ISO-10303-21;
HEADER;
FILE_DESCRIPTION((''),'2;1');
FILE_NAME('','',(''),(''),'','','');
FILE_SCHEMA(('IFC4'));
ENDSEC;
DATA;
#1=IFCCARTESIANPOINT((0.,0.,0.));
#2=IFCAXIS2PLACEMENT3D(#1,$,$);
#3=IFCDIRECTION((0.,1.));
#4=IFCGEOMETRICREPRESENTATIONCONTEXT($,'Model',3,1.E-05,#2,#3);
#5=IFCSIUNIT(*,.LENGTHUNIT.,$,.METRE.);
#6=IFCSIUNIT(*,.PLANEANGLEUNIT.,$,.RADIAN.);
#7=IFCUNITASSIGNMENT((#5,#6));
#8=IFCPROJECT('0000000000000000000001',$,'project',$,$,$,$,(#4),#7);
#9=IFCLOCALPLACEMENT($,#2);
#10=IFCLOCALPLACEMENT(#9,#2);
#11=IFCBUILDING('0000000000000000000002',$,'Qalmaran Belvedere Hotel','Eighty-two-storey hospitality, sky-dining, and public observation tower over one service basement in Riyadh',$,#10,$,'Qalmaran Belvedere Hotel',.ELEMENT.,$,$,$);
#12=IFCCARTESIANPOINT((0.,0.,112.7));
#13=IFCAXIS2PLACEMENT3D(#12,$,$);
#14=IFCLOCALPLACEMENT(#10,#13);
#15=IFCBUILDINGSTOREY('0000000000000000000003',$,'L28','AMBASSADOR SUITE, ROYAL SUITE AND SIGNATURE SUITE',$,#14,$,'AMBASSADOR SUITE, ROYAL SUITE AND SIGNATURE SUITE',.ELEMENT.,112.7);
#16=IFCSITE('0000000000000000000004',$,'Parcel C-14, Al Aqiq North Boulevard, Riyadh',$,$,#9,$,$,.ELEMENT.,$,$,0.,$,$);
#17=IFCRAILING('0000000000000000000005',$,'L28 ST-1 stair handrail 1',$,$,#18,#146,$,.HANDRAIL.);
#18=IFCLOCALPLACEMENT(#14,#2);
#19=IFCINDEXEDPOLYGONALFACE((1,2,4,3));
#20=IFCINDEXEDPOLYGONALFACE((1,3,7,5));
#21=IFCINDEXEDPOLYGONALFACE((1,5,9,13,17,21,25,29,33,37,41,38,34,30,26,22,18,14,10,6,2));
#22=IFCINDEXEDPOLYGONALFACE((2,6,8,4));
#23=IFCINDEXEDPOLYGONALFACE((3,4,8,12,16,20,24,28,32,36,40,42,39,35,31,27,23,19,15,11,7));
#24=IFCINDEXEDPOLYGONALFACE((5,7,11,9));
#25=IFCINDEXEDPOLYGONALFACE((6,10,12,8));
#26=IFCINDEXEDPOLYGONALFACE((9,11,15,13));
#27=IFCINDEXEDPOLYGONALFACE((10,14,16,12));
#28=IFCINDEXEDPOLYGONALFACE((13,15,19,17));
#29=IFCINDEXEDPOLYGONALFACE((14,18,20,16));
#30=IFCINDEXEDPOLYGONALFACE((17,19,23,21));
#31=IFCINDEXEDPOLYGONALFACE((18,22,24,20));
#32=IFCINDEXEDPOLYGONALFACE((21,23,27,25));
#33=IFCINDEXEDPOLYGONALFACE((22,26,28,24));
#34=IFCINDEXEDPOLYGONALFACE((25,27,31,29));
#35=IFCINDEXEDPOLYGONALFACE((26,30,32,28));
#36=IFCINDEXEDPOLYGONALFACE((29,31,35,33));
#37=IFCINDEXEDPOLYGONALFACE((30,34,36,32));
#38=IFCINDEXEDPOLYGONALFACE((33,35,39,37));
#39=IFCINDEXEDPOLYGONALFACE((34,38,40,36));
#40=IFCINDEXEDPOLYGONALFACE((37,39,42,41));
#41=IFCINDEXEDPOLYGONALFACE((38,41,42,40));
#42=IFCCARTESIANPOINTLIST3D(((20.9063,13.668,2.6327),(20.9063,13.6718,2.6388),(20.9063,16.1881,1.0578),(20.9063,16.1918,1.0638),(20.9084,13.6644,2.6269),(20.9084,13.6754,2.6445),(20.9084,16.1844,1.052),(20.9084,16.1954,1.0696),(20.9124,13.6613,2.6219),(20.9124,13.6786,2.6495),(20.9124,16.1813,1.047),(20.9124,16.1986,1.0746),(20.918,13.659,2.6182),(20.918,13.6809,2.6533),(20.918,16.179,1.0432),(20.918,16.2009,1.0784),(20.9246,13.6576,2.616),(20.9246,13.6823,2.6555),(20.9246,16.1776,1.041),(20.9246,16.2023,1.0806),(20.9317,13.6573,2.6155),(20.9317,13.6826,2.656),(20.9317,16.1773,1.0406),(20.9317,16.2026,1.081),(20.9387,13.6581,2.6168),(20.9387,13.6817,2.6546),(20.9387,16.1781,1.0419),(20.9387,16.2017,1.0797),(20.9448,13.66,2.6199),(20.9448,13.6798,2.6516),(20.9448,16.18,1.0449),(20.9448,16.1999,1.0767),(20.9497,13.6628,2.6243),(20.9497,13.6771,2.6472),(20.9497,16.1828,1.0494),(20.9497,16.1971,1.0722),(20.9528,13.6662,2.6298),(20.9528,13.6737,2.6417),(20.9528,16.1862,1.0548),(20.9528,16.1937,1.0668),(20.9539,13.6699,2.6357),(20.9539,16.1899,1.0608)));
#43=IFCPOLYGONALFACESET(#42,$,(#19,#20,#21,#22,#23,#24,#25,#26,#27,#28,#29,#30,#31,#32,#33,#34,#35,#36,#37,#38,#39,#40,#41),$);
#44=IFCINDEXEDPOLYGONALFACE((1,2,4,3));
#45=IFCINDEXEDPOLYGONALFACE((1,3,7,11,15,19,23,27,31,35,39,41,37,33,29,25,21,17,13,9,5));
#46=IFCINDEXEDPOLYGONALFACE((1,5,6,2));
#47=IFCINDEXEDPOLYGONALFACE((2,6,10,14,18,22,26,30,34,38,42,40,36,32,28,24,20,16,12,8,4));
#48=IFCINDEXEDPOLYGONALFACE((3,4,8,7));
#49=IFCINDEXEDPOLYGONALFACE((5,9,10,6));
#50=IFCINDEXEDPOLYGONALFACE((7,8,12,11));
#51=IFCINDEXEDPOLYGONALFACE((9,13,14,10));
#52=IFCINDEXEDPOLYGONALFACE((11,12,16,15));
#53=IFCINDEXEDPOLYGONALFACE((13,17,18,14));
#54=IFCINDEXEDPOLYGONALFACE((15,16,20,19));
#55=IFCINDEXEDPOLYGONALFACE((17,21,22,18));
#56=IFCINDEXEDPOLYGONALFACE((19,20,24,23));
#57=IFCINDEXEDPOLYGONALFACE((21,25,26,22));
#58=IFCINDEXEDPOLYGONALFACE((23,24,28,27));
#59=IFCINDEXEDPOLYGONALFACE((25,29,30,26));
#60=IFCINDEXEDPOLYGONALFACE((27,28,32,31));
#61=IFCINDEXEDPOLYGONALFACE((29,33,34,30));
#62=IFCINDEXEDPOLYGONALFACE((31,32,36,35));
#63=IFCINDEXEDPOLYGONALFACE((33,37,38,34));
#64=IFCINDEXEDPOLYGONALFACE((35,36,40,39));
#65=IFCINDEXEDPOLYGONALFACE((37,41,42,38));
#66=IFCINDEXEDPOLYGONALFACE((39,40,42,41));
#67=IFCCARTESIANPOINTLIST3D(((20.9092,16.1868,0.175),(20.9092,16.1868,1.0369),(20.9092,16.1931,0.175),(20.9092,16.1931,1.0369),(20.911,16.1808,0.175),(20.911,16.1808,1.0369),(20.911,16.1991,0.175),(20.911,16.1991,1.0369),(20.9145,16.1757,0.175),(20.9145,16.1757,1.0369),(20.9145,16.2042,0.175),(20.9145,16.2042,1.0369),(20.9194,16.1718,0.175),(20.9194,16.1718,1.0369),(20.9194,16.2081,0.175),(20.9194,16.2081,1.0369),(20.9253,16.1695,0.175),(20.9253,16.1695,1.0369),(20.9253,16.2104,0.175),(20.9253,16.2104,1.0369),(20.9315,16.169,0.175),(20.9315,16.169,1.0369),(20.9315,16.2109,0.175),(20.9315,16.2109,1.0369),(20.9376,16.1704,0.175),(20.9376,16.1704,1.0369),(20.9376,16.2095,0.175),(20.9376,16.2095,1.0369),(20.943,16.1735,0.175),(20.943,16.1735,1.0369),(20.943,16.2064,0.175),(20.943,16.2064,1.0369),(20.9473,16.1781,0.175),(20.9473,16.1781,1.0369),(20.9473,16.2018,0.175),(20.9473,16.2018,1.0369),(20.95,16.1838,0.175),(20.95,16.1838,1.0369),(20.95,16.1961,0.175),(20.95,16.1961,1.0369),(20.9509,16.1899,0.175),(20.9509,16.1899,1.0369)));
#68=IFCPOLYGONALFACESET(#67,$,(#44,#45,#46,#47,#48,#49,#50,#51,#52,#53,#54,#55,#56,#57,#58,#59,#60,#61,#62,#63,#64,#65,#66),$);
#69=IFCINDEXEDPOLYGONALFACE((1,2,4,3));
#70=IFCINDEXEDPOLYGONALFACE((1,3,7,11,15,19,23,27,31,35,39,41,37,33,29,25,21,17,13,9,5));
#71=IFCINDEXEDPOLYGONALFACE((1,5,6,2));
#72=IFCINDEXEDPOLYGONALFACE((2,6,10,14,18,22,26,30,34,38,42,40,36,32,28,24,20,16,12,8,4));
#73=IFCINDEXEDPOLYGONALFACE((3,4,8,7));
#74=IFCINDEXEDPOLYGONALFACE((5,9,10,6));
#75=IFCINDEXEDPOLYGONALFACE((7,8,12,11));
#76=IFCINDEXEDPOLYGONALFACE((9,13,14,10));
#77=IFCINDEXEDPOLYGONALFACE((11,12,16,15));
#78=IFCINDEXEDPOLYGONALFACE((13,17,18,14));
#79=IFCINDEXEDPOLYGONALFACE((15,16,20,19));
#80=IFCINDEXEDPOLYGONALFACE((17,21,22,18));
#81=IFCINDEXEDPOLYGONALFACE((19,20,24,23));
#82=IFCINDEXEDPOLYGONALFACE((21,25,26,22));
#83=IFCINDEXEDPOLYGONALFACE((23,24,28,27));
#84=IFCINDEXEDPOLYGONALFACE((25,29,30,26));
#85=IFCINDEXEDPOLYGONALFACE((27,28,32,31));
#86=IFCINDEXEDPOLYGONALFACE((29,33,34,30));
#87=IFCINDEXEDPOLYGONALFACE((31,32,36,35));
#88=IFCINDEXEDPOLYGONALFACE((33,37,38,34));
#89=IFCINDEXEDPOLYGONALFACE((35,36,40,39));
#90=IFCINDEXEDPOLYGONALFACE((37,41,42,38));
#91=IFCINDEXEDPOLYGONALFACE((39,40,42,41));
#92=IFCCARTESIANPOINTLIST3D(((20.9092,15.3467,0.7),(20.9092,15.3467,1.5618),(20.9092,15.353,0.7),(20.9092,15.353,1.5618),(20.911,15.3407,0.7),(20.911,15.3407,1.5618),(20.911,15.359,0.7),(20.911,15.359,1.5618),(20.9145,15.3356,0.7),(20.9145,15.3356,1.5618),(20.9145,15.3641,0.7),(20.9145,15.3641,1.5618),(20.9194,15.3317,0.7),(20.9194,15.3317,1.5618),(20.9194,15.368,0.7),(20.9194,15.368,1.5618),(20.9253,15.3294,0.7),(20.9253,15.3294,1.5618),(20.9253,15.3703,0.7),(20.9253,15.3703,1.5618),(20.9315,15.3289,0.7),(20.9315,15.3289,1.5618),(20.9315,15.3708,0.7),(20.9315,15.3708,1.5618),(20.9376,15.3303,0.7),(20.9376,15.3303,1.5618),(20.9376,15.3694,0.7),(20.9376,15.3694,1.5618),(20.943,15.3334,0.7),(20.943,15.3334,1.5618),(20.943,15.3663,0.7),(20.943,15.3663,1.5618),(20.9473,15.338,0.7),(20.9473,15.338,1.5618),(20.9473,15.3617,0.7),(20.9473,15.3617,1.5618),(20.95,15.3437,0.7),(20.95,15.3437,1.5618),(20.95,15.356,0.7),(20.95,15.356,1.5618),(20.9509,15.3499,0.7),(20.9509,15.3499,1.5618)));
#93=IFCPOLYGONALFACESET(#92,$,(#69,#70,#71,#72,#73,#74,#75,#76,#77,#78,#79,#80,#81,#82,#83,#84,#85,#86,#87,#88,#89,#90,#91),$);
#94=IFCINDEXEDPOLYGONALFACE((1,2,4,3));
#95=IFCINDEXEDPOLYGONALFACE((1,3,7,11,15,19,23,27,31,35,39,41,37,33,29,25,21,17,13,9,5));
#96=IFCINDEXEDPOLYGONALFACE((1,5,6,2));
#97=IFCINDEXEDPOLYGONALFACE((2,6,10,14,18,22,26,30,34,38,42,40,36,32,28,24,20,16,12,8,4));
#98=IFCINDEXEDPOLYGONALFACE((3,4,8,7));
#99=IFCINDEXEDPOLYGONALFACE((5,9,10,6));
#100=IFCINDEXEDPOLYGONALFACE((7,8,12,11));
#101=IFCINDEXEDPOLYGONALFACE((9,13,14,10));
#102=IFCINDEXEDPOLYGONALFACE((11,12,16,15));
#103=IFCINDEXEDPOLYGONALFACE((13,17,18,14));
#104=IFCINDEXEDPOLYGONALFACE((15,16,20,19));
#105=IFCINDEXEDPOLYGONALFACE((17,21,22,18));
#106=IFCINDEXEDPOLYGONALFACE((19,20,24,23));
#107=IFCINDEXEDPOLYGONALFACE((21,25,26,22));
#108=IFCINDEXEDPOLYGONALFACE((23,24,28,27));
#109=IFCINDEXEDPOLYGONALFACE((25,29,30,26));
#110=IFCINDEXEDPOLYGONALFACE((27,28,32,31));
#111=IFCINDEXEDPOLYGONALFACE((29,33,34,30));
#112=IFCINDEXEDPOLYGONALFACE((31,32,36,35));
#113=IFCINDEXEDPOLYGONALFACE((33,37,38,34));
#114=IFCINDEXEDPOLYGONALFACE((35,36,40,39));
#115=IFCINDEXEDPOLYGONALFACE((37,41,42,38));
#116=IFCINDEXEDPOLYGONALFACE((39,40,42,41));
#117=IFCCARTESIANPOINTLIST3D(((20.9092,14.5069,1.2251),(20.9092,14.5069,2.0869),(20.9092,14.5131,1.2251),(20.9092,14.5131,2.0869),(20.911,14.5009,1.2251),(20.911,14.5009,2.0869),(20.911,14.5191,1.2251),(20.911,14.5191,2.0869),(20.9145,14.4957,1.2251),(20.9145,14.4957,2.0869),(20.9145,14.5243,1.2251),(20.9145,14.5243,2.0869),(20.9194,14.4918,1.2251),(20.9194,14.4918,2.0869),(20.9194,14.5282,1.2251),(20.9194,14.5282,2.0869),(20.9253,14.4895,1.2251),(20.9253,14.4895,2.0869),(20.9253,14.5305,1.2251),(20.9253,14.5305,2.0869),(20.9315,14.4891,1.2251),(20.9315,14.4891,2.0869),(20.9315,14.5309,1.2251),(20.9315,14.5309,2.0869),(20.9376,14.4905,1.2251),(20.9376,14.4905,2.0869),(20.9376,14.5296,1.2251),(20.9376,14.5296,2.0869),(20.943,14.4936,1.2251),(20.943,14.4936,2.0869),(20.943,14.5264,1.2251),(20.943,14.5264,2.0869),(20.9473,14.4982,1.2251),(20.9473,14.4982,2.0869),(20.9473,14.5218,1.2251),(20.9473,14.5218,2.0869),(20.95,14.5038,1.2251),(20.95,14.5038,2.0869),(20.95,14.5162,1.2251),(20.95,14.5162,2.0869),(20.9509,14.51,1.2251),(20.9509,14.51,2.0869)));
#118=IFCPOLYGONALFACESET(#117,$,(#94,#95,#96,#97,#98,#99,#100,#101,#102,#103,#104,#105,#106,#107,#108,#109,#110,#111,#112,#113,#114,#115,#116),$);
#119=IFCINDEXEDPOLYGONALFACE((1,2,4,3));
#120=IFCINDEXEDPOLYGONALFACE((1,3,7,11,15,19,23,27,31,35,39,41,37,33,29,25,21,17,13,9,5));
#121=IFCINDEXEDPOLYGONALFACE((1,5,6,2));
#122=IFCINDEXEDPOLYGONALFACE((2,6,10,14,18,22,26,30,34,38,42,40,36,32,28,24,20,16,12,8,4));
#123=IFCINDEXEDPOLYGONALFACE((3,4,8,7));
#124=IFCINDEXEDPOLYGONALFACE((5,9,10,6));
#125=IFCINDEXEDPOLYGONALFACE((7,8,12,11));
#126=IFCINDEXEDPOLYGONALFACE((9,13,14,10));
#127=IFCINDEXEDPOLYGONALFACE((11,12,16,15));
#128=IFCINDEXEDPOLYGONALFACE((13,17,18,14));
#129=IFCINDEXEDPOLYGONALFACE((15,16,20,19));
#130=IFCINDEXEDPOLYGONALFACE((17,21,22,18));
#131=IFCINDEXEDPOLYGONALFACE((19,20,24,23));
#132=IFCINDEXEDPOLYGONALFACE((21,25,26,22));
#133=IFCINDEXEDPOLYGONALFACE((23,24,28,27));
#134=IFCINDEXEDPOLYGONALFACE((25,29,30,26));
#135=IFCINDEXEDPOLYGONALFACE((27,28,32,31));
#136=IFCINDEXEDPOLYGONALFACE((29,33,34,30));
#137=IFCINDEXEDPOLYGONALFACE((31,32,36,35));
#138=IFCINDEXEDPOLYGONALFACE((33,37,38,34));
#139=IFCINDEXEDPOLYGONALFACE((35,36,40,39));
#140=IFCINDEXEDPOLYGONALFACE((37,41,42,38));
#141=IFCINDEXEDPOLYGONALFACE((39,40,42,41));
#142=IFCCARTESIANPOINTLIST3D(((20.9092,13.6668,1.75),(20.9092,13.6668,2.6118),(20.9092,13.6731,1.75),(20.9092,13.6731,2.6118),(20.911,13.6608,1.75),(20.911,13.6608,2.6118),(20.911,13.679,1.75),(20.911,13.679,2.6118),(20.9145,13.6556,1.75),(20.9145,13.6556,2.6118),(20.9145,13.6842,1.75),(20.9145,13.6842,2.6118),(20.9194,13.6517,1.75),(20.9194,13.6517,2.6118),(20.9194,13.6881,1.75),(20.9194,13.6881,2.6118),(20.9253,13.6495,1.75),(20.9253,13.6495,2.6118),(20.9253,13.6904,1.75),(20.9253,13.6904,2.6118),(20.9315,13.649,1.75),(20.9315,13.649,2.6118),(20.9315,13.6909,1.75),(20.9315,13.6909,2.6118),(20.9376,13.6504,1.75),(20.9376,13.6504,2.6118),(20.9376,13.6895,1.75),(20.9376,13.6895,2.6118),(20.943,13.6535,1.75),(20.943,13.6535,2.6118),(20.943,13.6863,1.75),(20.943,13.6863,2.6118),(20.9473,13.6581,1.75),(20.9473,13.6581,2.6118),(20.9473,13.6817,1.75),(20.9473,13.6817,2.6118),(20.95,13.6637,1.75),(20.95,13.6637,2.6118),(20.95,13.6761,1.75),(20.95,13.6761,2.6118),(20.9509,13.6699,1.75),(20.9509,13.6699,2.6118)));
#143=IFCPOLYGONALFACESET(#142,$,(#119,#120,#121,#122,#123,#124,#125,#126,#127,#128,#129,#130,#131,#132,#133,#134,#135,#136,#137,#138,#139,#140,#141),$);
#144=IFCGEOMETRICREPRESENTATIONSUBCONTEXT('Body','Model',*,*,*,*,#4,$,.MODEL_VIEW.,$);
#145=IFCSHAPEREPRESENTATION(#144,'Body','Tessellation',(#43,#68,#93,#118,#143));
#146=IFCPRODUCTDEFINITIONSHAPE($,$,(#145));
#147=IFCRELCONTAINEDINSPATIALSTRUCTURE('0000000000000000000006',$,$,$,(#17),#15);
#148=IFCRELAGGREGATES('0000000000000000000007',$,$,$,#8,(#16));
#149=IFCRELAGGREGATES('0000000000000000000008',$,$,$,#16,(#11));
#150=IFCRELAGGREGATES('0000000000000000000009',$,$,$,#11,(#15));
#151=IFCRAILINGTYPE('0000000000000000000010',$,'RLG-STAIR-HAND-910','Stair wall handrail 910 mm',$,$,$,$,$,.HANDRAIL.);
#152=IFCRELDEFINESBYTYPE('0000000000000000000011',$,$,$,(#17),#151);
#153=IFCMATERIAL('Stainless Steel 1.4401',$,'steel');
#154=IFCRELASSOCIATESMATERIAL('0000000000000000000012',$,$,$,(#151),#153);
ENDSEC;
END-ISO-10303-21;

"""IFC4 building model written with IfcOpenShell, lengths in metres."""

from ifc_helpers import new_model, si_unit, direction, frame, origin, origin_2d, place, context, subcontext, project, spatial, circle, extrude, material, type_object, element, save


model = new_model("IFC4")

# Units and contexts
model_context = context("Model", 3, precision=1e-05, world=origin(), true_north=direction((0.0, 1.0)))
body_context = subcontext(model_context, "Body", "Model", "MODEL_VIEW")
ifc_project = project(units=[si_unit("LENGTHUNIT", "METRE"), si_unit("PLANEANGLEUNIT", "RADIAN")], contexts=[model_context])

# Site, building, storey
site_placement = place(None, origin())
site = spatial("IfcSite", under=ifc_project, at=site_placement, Name="Parcel C-14, Al Aqiq North Boulevard, Riyadh", CompositionType="ELEMENT", RefElevation=0.0)
building_placement = place(site_placement, origin())
building = spatial("IfcBuilding", under=site, at=building_placement, Name="Qalmaran Belvedere Hotel", Description="Eighty-two-storey hospitality, sky-dining, and public observation tower over one service basement in Riyadh", LongName="Qalmaran Belvedere Hotel", CompositionType="ELEMENT")
storey_placement = place(building_placement, frame((0.0, 0.0, 112.7)))
storey = spatial("IfcBuildingStorey", under=building, at=storey_placement, Name="L28", Description="AMBASSADOR SUITE, ROYAL SUITE AND SIGNATURE SUITE", LongName="AMBASSADOR SUITE, ROYAL SUITE AND SIGNATURE SUITE", CompositionType="ELEMENT", Elevation=112.7)

# Shared definitions
ifc_material_1 = material(Name="Stainless Steel 1.4401", Category="steel")

# Railing
railing_type_1 = type_object("IfcRailingType", Name="RLG-STAIR-HAND-910", Description="Stair wall handrail 910 mm", PredefinedType="HANDRAIL", material=ifc_material_1)
railing_1_placement = place(storey_placement, frame((20.9299, 16.1899, 0.175)))
element("IfcRailing", 1, at=railing_1_placement, inside=storey, type_object=railing_type_1, Name="L28 ST-1 stair handrail 1", PredefinedType="HANDRAIL", context=body_context, shape_type="SweptSolid", body=[
    extrude(circle(Radius=0.0239, at=origin_2d()), frame((0.0, 0.0, 0.8857), z_axis=(0.0, -0.848008, 0.529984), x_axis=(1.0, 0.0, 0.0)), (0.0, 0.0, 1.0), 2.9717),
    extrude(circle(Radius=0.021, at=origin_2d()), origin(), (0.0, 0.0, 1.0), 0.8618),
    extrude(circle(Radius=0.021, at=origin_2d()), frame((0.0, -0.8401, 0.5249)), (0.0, 0.0, 1.0), 0.8618),
    extrude(circle(Radius=0.021, at=origin_2d()), frame((0.0, -1.6799, 1.05)), (0.0, 0.0, 1.0), 0.8618),
    extrude(circle(Radius=0.021, at=origin_2d()), frame((0.0, -2.52, 1.575)), (0.0, 0.0, 1.0), 0.8618),
])

save(model, "model.ifc")
